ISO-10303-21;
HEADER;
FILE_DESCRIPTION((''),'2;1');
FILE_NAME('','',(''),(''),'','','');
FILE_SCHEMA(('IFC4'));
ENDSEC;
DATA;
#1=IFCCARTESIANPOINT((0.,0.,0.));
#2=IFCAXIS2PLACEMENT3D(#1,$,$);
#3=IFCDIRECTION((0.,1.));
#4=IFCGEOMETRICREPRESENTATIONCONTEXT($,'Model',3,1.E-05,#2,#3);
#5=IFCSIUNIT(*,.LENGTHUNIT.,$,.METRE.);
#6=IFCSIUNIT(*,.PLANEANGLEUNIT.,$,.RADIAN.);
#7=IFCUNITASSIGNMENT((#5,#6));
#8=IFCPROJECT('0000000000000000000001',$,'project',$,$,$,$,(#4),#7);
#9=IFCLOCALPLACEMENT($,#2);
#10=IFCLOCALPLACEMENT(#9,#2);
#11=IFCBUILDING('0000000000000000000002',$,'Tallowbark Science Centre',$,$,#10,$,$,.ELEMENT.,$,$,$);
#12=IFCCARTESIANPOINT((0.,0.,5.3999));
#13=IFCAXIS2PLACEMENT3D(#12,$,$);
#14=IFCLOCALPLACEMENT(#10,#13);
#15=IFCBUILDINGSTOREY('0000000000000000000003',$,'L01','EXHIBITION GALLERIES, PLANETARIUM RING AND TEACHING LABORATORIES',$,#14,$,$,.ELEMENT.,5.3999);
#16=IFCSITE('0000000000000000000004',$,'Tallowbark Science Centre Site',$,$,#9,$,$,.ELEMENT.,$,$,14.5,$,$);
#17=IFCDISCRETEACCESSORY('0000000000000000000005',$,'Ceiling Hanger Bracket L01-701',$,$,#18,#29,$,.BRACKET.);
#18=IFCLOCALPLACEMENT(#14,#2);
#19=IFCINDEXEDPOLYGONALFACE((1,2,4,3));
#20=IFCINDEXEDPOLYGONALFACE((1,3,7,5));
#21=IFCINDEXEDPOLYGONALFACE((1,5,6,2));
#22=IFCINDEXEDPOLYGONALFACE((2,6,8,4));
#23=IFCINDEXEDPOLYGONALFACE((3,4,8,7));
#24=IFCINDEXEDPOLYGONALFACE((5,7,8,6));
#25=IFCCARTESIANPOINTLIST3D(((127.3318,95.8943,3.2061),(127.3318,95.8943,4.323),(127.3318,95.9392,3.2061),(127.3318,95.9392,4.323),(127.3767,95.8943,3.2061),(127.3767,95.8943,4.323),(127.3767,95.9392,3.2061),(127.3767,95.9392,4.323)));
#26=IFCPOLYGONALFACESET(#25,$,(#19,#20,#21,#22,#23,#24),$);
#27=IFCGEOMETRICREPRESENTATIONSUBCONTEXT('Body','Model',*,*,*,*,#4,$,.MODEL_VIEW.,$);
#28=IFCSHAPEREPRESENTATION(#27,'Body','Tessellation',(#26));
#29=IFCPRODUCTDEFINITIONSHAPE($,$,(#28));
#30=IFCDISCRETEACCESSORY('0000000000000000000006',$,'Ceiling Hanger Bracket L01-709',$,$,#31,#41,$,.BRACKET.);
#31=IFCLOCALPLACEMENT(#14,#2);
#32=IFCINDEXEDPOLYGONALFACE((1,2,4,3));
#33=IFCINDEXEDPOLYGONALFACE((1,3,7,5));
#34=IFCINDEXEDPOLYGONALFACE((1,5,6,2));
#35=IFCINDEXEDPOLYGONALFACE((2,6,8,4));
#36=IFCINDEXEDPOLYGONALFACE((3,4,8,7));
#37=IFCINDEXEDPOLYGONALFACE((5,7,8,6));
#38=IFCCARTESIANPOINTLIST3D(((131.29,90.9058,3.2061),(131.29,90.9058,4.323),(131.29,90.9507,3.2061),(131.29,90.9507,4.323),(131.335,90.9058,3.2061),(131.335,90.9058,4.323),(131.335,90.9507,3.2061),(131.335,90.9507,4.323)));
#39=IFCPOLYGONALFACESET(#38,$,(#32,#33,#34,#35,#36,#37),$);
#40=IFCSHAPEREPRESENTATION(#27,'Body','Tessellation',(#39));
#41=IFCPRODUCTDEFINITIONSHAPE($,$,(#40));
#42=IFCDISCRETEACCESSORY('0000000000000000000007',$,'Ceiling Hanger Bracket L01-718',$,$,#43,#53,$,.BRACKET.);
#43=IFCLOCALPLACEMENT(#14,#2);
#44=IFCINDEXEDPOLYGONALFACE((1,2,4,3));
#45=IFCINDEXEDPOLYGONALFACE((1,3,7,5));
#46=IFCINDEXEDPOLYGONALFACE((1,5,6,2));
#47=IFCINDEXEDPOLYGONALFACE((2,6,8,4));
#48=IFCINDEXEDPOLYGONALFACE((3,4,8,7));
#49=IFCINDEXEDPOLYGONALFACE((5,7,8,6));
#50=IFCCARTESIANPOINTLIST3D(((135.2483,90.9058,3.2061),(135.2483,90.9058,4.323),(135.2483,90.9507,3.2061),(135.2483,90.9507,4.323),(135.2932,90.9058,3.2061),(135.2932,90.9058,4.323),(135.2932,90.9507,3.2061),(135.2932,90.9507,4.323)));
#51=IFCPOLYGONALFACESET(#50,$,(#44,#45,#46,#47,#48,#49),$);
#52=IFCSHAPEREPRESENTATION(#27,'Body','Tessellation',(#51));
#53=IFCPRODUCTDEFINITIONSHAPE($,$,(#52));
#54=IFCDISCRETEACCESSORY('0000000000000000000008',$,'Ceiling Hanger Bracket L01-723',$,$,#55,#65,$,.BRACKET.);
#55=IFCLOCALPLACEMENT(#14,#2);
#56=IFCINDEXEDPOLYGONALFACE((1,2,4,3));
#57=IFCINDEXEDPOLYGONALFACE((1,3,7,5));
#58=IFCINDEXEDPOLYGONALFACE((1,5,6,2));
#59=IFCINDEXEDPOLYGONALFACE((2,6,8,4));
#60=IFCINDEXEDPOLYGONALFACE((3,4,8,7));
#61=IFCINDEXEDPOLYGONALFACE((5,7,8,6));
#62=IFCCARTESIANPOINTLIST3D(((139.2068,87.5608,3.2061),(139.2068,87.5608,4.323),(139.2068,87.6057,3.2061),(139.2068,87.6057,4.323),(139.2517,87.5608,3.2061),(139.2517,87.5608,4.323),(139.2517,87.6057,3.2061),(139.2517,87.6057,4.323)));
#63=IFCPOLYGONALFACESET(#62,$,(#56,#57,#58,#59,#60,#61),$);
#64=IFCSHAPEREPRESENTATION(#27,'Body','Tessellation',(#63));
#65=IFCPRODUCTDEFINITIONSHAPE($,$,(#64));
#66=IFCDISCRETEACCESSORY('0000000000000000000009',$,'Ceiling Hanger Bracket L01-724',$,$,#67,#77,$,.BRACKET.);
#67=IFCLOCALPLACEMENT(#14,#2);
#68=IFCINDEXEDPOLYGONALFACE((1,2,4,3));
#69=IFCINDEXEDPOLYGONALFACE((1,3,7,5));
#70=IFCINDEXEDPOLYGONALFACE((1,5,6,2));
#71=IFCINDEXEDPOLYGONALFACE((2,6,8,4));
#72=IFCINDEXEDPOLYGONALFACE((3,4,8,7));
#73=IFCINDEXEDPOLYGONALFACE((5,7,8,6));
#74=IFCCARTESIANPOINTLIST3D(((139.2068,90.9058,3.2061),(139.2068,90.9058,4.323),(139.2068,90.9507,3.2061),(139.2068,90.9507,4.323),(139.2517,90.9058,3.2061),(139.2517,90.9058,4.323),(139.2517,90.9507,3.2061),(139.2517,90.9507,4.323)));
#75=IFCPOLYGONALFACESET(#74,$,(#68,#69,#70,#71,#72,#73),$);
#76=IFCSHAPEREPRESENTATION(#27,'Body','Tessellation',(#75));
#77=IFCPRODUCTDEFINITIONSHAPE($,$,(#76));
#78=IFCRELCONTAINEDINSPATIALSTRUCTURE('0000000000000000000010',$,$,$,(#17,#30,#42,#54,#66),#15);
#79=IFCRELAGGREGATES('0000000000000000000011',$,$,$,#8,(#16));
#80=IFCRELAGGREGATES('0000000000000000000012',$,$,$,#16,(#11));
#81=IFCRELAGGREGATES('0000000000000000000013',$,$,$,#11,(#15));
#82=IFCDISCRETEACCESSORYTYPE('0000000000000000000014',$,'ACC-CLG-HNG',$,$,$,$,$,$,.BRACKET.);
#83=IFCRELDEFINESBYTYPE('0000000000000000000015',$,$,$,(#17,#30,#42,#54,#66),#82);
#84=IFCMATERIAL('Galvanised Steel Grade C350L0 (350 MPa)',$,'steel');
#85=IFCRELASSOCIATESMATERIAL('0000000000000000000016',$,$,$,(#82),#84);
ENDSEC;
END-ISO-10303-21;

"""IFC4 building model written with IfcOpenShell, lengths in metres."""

from ifc_helpers import new_model, si_unit, direction, frame, origin, origin_2d, place, context, subcontext, project, spatial, rectangle, extrude, material, type_object, element, save


model = new_model("IFC4")

# Units and contexts
model_context = context("Model", 3, precision=1e-05, world=origin(), true_north=direction((0.0, 1.0)))
body_context = subcontext(model_context, "Body", "Model", "MODEL_VIEW")
ifc_project = project(units=[si_unit("LENGTHUNIT", "METRE"), si_unit("PLANEANGLEUNIT", "RADIAN")], contexts=[model_context])

# Site, building, storey
site_placement = place(None, origin())
site = spatial("IfcSite", under=ifc_project, at=site_placement, Name="Tallowbark Science Centre Site", CompositionType="ELEMENT", RefElevation=14.5)
building_placement = place(site_placement, origin())
building = spatial("IfcBuilding", under=site, at=building_placement, Name="Tallowbark Science Centre", CompositionType="ELEMENT")
storey_placement = place(building_placement, frame((0.0, 0.0, 5.3999)))
storey = spatial("IfcBuildingStorey", under=building, at=storey_placement, Name="L01", Description="EXHIBITION GALLERIES, PLANETARIUM RING AND TEACHING LABORATORIES", CompositionType="ELEMENT", Elevation=5.3999)

# Discrete accessories
ifc_material_1 = material(Name="Galvanised Steel Grade C350L0 (350 MPa)", Category="steel")
discrete_accessory_type = type_object("IfcDiscreteAccessoryType", Name="ACC-CLG-HNG", PredefinedType="BRACKET", material=ifc_material_1)
for number, where, z_axis, x_axis, name in (
    (1, (127.3542, 95.9167, 3.2061), (0.0, 0.0, 1.0), (1.0, 0.0, 0.0), "Ceiling Hanger Bracket L01-701"),
    (2, (131.3125, 90.9282, 3.2061), (0.0, 0.0, 1.0), (1.0, 0.0, 0.0), "Ceiling Hanger Bracket L01-709"),
    (3, (135.2708, 90.9282, 3.2061), (0.0, 0.0, 1.0), (1.0, 0.0, 0.0), "Ceiling Hanger Bracket L01-718"),
    (4, (139.2292, 87.5833, 3.2061), (0.0, 0.0, 1.0), (1.0, 0.0, 0.0), "Ceiling Hanger Bracket L01-723"),
    (5, (139.2292, 90.9282, 3.2061), (0.0, 0.0, 1.0), (1.0, 0.0, 0.0), "Ceiling Hanger Bracket L01-724"),
):
    element("IfcDiscreteAccessory", number, at=place(storey_placement, frame(where, z_axis=z_axis, x_axis=x_axis)), inside=storey, type_object=discrete_accessory_type, Name=name, PredefinedType="BRACKET", context=body_context, shape_type="SweptSolid", body=[
        extrude(rectangle(XDim=0.0449, YDim=0.0449, at=origin_2d()), origin(), (0.0, 0.0, 1.0), 1.1169),
    ])

save(model, "model.ifc")
